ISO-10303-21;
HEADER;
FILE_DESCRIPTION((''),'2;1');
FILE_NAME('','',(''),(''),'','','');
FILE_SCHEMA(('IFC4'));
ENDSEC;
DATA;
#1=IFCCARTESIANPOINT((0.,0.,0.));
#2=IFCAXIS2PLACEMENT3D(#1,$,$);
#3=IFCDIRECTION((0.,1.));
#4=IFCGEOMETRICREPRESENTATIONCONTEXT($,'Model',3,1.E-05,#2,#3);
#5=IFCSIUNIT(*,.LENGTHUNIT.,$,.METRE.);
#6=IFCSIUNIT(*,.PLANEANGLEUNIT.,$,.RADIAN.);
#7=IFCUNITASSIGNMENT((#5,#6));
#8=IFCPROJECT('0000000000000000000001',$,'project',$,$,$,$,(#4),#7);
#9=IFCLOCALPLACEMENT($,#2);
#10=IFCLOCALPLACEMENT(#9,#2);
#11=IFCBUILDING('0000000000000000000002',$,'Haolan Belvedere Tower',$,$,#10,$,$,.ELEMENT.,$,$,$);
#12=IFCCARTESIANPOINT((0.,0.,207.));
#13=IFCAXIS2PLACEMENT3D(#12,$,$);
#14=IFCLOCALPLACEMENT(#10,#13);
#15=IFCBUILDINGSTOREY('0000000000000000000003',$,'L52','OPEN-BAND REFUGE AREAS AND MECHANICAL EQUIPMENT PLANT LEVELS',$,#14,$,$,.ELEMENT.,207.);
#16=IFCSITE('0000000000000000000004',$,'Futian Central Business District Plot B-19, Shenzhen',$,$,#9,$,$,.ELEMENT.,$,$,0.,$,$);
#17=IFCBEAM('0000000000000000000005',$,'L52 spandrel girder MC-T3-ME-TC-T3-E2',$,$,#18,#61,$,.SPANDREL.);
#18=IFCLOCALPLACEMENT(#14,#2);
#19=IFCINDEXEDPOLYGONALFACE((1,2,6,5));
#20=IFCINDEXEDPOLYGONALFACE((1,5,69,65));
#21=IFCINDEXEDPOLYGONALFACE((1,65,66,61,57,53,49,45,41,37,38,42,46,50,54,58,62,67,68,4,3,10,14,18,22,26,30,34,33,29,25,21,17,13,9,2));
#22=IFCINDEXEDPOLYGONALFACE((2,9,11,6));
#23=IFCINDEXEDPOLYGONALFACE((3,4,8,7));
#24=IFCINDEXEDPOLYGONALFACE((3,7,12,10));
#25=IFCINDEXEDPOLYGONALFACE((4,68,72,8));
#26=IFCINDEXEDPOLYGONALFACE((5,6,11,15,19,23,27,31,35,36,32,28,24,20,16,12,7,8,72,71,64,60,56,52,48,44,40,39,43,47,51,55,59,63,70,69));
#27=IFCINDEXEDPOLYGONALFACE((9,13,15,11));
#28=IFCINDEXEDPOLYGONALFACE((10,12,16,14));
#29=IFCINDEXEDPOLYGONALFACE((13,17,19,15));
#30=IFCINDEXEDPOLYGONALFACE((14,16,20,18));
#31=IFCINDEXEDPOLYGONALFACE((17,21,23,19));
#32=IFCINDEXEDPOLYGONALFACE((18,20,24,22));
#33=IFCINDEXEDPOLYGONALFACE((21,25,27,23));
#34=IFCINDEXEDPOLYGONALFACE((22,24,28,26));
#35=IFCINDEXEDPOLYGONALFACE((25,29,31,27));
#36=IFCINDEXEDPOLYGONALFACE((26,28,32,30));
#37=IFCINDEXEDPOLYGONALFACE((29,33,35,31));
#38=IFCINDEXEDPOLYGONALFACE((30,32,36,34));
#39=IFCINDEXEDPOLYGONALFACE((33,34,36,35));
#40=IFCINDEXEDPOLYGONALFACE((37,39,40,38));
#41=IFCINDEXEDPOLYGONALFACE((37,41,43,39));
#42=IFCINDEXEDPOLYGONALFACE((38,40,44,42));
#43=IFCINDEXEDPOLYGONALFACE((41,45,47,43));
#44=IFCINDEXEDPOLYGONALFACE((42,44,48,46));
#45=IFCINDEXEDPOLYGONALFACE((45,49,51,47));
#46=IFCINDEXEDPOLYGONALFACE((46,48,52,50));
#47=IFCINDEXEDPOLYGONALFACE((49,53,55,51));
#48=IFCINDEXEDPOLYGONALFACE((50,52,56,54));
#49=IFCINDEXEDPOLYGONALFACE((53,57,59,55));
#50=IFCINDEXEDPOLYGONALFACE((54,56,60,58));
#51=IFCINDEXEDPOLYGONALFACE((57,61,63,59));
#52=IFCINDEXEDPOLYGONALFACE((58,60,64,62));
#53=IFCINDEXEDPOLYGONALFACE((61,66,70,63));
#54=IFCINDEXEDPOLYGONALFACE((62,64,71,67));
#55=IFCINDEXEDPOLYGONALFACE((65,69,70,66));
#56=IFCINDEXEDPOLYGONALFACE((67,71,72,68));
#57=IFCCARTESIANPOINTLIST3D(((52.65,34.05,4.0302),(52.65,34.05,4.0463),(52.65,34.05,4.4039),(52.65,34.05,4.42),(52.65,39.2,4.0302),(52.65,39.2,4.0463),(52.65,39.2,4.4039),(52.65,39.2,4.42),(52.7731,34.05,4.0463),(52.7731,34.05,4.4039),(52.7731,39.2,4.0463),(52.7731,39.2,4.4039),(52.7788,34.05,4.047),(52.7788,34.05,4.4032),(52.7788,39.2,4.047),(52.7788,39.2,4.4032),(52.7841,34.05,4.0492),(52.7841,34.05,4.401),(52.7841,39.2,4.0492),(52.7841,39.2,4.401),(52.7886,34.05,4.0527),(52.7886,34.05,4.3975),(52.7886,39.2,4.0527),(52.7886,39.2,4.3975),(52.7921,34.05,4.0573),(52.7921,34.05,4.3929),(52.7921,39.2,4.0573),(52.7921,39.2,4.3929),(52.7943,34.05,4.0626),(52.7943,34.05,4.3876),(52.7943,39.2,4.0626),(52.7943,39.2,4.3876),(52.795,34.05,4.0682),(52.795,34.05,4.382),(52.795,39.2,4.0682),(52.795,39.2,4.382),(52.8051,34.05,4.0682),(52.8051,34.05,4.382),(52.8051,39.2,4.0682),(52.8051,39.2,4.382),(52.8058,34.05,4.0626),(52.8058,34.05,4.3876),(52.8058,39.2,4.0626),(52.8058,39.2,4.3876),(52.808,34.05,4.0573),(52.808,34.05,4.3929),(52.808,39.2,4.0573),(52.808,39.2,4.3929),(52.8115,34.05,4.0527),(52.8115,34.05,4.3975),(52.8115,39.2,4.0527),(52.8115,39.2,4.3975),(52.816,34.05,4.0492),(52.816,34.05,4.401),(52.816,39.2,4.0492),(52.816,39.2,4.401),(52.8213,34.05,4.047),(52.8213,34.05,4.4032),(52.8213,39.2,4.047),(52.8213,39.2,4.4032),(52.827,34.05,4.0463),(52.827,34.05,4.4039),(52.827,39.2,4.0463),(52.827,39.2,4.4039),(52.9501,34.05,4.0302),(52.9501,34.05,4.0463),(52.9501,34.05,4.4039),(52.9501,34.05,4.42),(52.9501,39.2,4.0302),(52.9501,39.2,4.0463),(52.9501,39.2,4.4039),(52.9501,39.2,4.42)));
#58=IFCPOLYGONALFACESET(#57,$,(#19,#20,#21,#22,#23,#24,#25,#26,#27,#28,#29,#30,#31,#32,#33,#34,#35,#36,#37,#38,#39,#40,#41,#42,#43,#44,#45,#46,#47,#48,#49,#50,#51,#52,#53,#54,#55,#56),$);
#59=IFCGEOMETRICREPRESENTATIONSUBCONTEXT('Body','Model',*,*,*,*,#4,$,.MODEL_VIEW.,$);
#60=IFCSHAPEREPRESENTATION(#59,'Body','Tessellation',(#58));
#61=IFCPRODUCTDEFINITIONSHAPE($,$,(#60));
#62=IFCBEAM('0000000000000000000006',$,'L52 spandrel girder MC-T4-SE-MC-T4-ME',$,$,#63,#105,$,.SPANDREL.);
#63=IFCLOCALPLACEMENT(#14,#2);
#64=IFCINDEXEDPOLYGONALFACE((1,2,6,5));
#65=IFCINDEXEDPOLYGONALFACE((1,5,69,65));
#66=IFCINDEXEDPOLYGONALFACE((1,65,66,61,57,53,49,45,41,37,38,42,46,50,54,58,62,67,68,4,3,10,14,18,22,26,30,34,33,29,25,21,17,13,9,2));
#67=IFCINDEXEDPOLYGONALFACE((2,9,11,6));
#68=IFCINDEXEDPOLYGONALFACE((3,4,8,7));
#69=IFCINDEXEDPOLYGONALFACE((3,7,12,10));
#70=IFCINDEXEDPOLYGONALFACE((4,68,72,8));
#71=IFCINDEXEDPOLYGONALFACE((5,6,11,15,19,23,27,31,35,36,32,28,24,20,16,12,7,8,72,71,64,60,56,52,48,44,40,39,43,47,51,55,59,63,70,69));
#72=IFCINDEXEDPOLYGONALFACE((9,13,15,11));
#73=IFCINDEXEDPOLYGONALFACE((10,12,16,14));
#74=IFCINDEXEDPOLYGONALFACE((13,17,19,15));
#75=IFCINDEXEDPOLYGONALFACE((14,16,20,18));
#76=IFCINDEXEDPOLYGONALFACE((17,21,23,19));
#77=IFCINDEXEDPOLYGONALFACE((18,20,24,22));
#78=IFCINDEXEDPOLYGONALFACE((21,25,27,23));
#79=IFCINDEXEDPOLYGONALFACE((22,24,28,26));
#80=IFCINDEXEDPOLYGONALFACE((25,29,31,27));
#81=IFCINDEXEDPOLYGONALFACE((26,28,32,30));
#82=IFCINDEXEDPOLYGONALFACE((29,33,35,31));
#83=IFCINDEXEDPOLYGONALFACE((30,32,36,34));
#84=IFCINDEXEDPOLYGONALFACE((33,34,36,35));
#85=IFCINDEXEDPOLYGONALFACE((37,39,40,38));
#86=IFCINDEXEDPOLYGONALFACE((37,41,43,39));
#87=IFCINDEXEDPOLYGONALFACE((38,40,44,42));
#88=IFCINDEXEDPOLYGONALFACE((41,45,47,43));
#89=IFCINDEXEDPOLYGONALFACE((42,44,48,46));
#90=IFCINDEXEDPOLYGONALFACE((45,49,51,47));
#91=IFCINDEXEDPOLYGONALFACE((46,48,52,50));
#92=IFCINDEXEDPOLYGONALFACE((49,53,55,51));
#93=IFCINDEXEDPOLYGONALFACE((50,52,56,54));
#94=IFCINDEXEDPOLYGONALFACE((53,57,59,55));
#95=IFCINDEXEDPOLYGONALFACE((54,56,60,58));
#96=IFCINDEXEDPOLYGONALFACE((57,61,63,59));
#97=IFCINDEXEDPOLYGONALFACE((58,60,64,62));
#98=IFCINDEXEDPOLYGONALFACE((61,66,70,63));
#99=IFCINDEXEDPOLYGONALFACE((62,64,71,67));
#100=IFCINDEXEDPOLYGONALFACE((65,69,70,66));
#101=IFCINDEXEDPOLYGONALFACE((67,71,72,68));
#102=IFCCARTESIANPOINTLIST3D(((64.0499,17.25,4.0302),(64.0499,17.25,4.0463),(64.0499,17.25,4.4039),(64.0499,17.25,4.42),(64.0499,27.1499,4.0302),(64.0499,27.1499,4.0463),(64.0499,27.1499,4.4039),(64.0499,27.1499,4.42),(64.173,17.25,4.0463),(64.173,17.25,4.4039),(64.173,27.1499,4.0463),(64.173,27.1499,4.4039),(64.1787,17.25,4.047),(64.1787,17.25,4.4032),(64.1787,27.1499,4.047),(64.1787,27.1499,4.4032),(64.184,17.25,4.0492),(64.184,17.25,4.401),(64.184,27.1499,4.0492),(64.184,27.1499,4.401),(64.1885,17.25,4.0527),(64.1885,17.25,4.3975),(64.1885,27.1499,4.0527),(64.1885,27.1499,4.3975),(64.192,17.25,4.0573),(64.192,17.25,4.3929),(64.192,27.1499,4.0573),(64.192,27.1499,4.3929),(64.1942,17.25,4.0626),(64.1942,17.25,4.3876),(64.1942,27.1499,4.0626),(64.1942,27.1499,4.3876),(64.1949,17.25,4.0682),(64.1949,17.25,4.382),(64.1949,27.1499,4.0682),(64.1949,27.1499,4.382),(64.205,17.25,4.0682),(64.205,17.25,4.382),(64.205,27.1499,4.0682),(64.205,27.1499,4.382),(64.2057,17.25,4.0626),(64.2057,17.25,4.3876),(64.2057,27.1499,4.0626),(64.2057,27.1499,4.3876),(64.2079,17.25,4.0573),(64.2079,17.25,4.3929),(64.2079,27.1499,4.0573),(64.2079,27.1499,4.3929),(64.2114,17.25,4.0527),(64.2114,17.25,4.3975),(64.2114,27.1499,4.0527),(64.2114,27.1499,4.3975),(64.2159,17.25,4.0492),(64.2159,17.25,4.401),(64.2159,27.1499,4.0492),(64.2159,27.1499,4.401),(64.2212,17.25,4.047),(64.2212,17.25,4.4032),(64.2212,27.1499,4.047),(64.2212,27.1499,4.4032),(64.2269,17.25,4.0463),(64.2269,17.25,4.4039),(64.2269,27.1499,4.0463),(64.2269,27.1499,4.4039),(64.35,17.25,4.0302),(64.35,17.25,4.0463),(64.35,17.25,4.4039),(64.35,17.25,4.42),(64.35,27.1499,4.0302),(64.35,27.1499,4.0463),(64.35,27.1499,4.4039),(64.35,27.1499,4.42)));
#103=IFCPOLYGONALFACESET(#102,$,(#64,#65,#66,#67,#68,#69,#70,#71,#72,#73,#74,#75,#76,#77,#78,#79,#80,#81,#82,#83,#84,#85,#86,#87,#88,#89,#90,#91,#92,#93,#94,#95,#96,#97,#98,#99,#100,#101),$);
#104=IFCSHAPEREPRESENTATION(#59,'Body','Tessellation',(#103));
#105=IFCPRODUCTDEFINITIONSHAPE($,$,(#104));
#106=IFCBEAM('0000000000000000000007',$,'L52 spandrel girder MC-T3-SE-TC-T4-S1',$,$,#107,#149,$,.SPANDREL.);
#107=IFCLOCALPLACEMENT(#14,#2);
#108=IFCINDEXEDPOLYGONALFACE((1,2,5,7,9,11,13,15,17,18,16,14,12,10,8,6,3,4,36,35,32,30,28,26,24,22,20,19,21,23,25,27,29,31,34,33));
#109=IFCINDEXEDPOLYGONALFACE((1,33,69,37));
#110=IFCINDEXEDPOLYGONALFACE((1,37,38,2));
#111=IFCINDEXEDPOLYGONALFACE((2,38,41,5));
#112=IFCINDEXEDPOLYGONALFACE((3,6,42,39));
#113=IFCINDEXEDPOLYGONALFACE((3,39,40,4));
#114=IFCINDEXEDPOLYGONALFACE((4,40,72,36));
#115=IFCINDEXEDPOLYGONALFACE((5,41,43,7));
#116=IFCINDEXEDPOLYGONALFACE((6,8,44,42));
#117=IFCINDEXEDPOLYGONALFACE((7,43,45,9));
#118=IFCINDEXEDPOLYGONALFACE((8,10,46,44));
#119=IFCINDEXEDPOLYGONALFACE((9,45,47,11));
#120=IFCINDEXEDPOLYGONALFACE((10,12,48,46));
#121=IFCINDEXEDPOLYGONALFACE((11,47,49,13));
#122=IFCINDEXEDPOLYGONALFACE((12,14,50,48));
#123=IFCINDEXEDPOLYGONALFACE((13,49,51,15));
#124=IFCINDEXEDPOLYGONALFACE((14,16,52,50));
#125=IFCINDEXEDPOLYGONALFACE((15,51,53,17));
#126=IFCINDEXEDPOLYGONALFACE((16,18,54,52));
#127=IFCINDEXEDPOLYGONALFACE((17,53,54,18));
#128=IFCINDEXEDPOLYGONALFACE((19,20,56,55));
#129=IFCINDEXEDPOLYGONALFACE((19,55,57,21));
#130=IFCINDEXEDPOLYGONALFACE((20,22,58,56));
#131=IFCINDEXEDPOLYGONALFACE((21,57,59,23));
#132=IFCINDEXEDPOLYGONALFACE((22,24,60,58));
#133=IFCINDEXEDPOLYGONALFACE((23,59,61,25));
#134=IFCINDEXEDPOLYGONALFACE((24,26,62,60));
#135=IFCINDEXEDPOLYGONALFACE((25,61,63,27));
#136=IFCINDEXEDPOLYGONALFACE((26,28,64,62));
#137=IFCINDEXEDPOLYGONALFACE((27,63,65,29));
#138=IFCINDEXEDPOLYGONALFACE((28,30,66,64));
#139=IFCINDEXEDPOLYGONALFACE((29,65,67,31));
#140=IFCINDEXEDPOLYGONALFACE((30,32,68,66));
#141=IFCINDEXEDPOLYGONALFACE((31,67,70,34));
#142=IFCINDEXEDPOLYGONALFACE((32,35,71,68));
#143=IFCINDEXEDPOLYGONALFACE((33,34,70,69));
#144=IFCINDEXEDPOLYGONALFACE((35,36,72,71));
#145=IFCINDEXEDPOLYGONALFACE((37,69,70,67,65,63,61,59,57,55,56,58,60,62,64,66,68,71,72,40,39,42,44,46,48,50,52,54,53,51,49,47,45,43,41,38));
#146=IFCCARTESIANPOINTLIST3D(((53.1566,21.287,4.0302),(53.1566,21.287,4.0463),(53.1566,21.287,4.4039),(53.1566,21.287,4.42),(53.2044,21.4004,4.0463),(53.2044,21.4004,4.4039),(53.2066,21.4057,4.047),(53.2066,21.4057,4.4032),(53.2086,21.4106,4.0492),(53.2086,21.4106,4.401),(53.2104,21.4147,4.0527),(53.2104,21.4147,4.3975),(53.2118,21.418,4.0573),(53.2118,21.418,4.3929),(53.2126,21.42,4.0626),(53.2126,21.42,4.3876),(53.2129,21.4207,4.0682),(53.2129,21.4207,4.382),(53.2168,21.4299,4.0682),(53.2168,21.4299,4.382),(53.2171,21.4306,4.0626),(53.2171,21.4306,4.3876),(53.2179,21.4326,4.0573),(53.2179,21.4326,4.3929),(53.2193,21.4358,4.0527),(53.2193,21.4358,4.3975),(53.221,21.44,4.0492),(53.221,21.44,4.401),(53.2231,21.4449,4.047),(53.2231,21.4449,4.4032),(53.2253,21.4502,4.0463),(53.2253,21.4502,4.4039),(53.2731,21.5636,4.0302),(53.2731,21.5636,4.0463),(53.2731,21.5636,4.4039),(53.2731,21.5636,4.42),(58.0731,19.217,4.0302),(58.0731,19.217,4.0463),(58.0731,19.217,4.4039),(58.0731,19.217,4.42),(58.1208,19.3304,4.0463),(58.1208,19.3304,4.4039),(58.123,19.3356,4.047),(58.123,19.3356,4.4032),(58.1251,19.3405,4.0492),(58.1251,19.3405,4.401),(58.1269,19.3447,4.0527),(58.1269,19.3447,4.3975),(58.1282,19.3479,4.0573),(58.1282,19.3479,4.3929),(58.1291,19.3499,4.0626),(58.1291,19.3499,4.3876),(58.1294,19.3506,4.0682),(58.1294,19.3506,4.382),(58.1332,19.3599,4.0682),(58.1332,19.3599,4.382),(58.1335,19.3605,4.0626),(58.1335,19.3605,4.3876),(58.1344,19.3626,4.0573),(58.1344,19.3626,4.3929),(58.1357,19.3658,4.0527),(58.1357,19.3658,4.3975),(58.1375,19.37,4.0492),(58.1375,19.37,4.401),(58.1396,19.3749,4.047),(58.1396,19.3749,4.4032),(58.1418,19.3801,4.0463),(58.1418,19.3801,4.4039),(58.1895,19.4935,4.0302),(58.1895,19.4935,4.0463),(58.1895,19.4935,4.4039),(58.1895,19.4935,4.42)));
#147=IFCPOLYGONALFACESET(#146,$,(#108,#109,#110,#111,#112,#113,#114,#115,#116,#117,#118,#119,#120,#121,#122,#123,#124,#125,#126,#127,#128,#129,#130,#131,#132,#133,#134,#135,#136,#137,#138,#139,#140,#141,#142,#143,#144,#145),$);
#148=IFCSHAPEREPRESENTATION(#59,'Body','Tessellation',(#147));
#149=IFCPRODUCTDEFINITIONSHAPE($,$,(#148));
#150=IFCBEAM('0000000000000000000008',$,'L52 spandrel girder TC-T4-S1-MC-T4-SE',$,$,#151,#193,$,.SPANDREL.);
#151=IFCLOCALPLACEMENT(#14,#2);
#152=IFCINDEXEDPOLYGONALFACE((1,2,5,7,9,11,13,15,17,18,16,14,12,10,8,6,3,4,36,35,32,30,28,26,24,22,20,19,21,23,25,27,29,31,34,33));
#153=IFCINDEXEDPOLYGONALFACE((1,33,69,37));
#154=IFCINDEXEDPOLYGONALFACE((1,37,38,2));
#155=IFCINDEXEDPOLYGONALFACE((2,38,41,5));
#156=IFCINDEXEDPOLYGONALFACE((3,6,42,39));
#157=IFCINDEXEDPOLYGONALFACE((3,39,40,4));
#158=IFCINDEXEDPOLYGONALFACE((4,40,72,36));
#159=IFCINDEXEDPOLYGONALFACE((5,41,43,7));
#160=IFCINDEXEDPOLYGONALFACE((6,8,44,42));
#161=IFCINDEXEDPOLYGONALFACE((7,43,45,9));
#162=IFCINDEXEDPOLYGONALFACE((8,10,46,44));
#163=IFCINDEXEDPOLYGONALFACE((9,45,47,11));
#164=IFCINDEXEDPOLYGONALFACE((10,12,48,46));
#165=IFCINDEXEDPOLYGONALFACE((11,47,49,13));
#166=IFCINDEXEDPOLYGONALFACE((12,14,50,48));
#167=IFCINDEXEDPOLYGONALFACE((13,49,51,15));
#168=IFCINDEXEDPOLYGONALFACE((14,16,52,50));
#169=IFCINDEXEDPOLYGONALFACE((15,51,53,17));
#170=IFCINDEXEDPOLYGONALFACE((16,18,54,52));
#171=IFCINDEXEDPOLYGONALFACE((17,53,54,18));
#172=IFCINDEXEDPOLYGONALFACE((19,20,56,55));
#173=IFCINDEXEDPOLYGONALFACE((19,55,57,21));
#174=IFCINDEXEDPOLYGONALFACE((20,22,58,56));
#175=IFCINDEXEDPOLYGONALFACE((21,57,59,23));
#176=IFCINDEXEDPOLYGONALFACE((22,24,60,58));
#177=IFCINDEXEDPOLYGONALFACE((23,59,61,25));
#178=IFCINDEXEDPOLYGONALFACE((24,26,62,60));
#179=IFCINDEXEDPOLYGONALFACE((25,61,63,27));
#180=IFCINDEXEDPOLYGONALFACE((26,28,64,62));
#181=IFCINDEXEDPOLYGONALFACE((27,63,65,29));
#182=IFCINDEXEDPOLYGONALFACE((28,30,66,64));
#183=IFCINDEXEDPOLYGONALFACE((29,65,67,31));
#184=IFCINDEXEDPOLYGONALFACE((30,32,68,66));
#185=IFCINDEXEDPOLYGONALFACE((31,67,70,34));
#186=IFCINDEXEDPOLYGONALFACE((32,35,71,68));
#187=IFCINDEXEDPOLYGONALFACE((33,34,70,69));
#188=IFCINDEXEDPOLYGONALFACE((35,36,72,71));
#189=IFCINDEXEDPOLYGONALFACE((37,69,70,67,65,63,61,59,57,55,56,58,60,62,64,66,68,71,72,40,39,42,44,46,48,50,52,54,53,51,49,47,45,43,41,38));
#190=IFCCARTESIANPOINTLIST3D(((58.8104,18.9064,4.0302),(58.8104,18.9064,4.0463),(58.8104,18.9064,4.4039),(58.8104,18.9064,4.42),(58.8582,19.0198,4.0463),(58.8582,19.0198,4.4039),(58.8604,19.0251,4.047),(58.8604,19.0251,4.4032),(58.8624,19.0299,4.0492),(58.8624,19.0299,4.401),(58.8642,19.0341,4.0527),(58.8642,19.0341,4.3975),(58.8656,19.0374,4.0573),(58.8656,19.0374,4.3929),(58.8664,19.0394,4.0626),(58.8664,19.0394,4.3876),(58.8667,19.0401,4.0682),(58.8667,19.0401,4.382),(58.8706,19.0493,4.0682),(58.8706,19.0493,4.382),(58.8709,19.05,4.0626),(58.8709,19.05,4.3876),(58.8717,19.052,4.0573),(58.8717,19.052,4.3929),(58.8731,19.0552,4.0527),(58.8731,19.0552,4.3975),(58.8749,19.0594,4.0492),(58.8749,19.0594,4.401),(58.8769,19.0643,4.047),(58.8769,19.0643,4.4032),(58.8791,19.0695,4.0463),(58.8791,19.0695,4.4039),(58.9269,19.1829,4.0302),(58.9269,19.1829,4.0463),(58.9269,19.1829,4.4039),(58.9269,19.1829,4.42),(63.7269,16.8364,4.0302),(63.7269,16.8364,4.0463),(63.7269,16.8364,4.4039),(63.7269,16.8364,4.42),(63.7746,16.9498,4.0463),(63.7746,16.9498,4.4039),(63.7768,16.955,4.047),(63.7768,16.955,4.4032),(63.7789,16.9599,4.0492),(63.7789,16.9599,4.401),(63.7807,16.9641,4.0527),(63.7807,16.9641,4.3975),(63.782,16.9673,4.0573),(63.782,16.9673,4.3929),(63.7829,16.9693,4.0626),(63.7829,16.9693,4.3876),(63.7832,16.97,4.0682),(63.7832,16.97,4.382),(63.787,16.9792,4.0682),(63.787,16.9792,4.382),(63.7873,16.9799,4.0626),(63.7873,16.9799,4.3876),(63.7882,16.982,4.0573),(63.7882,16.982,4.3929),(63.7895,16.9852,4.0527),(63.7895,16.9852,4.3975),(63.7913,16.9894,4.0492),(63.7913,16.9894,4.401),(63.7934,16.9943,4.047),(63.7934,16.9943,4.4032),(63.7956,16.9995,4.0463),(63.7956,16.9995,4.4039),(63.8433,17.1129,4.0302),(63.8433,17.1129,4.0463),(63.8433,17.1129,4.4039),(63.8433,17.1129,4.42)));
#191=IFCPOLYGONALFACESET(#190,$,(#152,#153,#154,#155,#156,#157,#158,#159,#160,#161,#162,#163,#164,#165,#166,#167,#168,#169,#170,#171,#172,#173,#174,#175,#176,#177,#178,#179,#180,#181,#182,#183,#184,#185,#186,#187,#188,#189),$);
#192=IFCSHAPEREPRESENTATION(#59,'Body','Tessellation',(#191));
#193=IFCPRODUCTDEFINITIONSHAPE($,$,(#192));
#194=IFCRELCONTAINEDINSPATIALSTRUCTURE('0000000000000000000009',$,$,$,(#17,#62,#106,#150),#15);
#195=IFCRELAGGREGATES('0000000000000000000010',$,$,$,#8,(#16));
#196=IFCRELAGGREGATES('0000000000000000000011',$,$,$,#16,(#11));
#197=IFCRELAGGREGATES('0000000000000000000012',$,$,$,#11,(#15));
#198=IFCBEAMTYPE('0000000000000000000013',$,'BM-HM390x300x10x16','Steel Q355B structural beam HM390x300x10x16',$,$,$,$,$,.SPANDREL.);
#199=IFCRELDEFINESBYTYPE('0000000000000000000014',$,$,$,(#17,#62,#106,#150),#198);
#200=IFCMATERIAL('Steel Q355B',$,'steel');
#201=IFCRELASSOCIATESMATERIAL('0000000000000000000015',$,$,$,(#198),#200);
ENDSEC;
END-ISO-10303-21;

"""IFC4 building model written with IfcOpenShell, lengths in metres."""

from ifc_helpers import new_model, si_unit, direction, frame, origin, origin_2d, place, context, subcontext, project, spatial, i_section, extrude, material, material_profile, profile_set, type_object, element, save


model = new_model("IFC4")

# Units and contexts
model_context = context("Model", 3, precision=1e-05, world=origin(), true_north=direction((0.0, 1.0)))
body_context = subcontext(model_context, "Body", "Model", "MODEL_VIEW")
ifc_project = project(units=[si_unit("LENGTHUNIT", "METRE"), si_unit("PLANEANGLEUNIT", "RADIAN")], contexts=[model_context])

# Site, building, storey
site_placement = place(None, origin())
site = spatial("IfcSite", under=ifc_project, at=site_placement, Name="Futian Central Business District Plot B-19, Shenzhen", CompositionType="ELEMENT", RefElevation=0.0)
building_placement = place(site_placement, origin())
building = spatial("IfcBuilding", under=site, at=building_placement, Name="Haolan Belvedere Tower", CompositionType="ELEMENT")
storey_placement = place(building_placement, frame((0.0, 0.0, 207.0)))
storey = spatial("IfcBuildingStorey", under=building, at=storey_placement, Name="L52", Description="OPEN-BAND REFUGE AREAS AND MECHANICAL EQUIPMENT PLANT LEVELS", CompositionType="ELEMENT", Elevation=207.0)

# Beams
ifc_material_1 = material(Name="Steel Q355B", Category="steel")
ifc_material_profile_1 = material_profile(ifc_material_1, i_section(OverallWidth=0.3, OverallDepth=0.3899, WebThickness=0.01, FlangeThickness=0.0161, FilletRadius=0.022, at=origin_2d()), Name="Steel Q355B")
ifc_profile_set_1 = profile_set([ifc_material_profile_1], Name="Steel Q355B")
beam_type_1 = type_object("IfcBeamType", Name="BM-HM390x300x10x16", Description="Steel Q355B structural beam HM390x300x10x16", PredefinedType="SPANDREL", material=ifc_profile_set_1)
for number, where, z_axis, x_axis, name in (
    (1, (52.8, 34.05, 4.2251), (0.0, 1.0, 0.0), (-1.0, 0.0, 0.0), "L52 spandrel girder MC-T3-ME-TC-T3-E2"),
):
    element("IfcBeam", number, at=place(storey_placement, frame(where, z_axis=z_axis, x_axis=x_axis)), inside=storey, type_object=beam_type_1, Name=name, PredefinedType="SPANDREL", context=body_context, shape_type="SweptSolid", body=[
        extrude(i_section(OverallWidth=0.3, OverallDepth=0.3899, WebThickness=0.01, FlangeThickness=0.0161, FilletRadius=0.022, at=origin_2d()), origin(), (0.0, 0.0, 1.0), 5.1499),
    ])
beam_1_placement = place(storey_placement, frame((64.2, 17.25, 4.2251), z_axis=(0.0, 1.0, 0.0), x_axis=(-1.0, 0.0, 0.0)))
element("IfcBeam", 2, at=beam_1_placement, inside=storey, type_object=beam_type_1, Name="L52 spandrel girder MC-T4-SE-MC-T4-ME", PredefinedType="SPANDREL", context=body_context, shape_type="SweptSolid", body=[
    extrude(i_section(OverallWidth=0.3, OverallDepth=0.3899, WebThickness=0.01, FlangeThickness=0.0161, FilletRadius=0.022, at=origin_2d()), origin(), (0.0, 0.0, 1.0), 9.8999),
])
for number, where, z_axis, x_axis, name in (
    (3, (53.2148, 21.4253, 4.2251), (0.921638, -0.388051, 0.0), (0.388051, 0.921638, 0.0), "L52 spandrel girder MC-T3-SE-TC-T4-S1"),
    (4, (58.8687, 19.0447, 4.2251), (0.921638, -0.388051, 0.0), (0.388051, 0.921638, 0.0), "L52 spandrel girder TC-T4-S1-MC-T4-SE"),
):
    element("IfcBeam", number, at=place(storey_placement, frame(where, z_axis=z_axis, x_axis=x_axis)), inside=storey, type_object=beam_type_1, Name=name, PredefinedType="SPANDREL", context=body_context, shape_type="SweptSolid", body=[
        extrude(i_section(OverallWidth=0.3, OverallDepth=0.3899, WebThickness=0.01, FlangeThickness=0.0161, FilletRadius=0.022, at=origin_2d()), origin(), (0.0, 0.0, 1.0), 5.3345),
    ])

save(model, "model.ifc")
